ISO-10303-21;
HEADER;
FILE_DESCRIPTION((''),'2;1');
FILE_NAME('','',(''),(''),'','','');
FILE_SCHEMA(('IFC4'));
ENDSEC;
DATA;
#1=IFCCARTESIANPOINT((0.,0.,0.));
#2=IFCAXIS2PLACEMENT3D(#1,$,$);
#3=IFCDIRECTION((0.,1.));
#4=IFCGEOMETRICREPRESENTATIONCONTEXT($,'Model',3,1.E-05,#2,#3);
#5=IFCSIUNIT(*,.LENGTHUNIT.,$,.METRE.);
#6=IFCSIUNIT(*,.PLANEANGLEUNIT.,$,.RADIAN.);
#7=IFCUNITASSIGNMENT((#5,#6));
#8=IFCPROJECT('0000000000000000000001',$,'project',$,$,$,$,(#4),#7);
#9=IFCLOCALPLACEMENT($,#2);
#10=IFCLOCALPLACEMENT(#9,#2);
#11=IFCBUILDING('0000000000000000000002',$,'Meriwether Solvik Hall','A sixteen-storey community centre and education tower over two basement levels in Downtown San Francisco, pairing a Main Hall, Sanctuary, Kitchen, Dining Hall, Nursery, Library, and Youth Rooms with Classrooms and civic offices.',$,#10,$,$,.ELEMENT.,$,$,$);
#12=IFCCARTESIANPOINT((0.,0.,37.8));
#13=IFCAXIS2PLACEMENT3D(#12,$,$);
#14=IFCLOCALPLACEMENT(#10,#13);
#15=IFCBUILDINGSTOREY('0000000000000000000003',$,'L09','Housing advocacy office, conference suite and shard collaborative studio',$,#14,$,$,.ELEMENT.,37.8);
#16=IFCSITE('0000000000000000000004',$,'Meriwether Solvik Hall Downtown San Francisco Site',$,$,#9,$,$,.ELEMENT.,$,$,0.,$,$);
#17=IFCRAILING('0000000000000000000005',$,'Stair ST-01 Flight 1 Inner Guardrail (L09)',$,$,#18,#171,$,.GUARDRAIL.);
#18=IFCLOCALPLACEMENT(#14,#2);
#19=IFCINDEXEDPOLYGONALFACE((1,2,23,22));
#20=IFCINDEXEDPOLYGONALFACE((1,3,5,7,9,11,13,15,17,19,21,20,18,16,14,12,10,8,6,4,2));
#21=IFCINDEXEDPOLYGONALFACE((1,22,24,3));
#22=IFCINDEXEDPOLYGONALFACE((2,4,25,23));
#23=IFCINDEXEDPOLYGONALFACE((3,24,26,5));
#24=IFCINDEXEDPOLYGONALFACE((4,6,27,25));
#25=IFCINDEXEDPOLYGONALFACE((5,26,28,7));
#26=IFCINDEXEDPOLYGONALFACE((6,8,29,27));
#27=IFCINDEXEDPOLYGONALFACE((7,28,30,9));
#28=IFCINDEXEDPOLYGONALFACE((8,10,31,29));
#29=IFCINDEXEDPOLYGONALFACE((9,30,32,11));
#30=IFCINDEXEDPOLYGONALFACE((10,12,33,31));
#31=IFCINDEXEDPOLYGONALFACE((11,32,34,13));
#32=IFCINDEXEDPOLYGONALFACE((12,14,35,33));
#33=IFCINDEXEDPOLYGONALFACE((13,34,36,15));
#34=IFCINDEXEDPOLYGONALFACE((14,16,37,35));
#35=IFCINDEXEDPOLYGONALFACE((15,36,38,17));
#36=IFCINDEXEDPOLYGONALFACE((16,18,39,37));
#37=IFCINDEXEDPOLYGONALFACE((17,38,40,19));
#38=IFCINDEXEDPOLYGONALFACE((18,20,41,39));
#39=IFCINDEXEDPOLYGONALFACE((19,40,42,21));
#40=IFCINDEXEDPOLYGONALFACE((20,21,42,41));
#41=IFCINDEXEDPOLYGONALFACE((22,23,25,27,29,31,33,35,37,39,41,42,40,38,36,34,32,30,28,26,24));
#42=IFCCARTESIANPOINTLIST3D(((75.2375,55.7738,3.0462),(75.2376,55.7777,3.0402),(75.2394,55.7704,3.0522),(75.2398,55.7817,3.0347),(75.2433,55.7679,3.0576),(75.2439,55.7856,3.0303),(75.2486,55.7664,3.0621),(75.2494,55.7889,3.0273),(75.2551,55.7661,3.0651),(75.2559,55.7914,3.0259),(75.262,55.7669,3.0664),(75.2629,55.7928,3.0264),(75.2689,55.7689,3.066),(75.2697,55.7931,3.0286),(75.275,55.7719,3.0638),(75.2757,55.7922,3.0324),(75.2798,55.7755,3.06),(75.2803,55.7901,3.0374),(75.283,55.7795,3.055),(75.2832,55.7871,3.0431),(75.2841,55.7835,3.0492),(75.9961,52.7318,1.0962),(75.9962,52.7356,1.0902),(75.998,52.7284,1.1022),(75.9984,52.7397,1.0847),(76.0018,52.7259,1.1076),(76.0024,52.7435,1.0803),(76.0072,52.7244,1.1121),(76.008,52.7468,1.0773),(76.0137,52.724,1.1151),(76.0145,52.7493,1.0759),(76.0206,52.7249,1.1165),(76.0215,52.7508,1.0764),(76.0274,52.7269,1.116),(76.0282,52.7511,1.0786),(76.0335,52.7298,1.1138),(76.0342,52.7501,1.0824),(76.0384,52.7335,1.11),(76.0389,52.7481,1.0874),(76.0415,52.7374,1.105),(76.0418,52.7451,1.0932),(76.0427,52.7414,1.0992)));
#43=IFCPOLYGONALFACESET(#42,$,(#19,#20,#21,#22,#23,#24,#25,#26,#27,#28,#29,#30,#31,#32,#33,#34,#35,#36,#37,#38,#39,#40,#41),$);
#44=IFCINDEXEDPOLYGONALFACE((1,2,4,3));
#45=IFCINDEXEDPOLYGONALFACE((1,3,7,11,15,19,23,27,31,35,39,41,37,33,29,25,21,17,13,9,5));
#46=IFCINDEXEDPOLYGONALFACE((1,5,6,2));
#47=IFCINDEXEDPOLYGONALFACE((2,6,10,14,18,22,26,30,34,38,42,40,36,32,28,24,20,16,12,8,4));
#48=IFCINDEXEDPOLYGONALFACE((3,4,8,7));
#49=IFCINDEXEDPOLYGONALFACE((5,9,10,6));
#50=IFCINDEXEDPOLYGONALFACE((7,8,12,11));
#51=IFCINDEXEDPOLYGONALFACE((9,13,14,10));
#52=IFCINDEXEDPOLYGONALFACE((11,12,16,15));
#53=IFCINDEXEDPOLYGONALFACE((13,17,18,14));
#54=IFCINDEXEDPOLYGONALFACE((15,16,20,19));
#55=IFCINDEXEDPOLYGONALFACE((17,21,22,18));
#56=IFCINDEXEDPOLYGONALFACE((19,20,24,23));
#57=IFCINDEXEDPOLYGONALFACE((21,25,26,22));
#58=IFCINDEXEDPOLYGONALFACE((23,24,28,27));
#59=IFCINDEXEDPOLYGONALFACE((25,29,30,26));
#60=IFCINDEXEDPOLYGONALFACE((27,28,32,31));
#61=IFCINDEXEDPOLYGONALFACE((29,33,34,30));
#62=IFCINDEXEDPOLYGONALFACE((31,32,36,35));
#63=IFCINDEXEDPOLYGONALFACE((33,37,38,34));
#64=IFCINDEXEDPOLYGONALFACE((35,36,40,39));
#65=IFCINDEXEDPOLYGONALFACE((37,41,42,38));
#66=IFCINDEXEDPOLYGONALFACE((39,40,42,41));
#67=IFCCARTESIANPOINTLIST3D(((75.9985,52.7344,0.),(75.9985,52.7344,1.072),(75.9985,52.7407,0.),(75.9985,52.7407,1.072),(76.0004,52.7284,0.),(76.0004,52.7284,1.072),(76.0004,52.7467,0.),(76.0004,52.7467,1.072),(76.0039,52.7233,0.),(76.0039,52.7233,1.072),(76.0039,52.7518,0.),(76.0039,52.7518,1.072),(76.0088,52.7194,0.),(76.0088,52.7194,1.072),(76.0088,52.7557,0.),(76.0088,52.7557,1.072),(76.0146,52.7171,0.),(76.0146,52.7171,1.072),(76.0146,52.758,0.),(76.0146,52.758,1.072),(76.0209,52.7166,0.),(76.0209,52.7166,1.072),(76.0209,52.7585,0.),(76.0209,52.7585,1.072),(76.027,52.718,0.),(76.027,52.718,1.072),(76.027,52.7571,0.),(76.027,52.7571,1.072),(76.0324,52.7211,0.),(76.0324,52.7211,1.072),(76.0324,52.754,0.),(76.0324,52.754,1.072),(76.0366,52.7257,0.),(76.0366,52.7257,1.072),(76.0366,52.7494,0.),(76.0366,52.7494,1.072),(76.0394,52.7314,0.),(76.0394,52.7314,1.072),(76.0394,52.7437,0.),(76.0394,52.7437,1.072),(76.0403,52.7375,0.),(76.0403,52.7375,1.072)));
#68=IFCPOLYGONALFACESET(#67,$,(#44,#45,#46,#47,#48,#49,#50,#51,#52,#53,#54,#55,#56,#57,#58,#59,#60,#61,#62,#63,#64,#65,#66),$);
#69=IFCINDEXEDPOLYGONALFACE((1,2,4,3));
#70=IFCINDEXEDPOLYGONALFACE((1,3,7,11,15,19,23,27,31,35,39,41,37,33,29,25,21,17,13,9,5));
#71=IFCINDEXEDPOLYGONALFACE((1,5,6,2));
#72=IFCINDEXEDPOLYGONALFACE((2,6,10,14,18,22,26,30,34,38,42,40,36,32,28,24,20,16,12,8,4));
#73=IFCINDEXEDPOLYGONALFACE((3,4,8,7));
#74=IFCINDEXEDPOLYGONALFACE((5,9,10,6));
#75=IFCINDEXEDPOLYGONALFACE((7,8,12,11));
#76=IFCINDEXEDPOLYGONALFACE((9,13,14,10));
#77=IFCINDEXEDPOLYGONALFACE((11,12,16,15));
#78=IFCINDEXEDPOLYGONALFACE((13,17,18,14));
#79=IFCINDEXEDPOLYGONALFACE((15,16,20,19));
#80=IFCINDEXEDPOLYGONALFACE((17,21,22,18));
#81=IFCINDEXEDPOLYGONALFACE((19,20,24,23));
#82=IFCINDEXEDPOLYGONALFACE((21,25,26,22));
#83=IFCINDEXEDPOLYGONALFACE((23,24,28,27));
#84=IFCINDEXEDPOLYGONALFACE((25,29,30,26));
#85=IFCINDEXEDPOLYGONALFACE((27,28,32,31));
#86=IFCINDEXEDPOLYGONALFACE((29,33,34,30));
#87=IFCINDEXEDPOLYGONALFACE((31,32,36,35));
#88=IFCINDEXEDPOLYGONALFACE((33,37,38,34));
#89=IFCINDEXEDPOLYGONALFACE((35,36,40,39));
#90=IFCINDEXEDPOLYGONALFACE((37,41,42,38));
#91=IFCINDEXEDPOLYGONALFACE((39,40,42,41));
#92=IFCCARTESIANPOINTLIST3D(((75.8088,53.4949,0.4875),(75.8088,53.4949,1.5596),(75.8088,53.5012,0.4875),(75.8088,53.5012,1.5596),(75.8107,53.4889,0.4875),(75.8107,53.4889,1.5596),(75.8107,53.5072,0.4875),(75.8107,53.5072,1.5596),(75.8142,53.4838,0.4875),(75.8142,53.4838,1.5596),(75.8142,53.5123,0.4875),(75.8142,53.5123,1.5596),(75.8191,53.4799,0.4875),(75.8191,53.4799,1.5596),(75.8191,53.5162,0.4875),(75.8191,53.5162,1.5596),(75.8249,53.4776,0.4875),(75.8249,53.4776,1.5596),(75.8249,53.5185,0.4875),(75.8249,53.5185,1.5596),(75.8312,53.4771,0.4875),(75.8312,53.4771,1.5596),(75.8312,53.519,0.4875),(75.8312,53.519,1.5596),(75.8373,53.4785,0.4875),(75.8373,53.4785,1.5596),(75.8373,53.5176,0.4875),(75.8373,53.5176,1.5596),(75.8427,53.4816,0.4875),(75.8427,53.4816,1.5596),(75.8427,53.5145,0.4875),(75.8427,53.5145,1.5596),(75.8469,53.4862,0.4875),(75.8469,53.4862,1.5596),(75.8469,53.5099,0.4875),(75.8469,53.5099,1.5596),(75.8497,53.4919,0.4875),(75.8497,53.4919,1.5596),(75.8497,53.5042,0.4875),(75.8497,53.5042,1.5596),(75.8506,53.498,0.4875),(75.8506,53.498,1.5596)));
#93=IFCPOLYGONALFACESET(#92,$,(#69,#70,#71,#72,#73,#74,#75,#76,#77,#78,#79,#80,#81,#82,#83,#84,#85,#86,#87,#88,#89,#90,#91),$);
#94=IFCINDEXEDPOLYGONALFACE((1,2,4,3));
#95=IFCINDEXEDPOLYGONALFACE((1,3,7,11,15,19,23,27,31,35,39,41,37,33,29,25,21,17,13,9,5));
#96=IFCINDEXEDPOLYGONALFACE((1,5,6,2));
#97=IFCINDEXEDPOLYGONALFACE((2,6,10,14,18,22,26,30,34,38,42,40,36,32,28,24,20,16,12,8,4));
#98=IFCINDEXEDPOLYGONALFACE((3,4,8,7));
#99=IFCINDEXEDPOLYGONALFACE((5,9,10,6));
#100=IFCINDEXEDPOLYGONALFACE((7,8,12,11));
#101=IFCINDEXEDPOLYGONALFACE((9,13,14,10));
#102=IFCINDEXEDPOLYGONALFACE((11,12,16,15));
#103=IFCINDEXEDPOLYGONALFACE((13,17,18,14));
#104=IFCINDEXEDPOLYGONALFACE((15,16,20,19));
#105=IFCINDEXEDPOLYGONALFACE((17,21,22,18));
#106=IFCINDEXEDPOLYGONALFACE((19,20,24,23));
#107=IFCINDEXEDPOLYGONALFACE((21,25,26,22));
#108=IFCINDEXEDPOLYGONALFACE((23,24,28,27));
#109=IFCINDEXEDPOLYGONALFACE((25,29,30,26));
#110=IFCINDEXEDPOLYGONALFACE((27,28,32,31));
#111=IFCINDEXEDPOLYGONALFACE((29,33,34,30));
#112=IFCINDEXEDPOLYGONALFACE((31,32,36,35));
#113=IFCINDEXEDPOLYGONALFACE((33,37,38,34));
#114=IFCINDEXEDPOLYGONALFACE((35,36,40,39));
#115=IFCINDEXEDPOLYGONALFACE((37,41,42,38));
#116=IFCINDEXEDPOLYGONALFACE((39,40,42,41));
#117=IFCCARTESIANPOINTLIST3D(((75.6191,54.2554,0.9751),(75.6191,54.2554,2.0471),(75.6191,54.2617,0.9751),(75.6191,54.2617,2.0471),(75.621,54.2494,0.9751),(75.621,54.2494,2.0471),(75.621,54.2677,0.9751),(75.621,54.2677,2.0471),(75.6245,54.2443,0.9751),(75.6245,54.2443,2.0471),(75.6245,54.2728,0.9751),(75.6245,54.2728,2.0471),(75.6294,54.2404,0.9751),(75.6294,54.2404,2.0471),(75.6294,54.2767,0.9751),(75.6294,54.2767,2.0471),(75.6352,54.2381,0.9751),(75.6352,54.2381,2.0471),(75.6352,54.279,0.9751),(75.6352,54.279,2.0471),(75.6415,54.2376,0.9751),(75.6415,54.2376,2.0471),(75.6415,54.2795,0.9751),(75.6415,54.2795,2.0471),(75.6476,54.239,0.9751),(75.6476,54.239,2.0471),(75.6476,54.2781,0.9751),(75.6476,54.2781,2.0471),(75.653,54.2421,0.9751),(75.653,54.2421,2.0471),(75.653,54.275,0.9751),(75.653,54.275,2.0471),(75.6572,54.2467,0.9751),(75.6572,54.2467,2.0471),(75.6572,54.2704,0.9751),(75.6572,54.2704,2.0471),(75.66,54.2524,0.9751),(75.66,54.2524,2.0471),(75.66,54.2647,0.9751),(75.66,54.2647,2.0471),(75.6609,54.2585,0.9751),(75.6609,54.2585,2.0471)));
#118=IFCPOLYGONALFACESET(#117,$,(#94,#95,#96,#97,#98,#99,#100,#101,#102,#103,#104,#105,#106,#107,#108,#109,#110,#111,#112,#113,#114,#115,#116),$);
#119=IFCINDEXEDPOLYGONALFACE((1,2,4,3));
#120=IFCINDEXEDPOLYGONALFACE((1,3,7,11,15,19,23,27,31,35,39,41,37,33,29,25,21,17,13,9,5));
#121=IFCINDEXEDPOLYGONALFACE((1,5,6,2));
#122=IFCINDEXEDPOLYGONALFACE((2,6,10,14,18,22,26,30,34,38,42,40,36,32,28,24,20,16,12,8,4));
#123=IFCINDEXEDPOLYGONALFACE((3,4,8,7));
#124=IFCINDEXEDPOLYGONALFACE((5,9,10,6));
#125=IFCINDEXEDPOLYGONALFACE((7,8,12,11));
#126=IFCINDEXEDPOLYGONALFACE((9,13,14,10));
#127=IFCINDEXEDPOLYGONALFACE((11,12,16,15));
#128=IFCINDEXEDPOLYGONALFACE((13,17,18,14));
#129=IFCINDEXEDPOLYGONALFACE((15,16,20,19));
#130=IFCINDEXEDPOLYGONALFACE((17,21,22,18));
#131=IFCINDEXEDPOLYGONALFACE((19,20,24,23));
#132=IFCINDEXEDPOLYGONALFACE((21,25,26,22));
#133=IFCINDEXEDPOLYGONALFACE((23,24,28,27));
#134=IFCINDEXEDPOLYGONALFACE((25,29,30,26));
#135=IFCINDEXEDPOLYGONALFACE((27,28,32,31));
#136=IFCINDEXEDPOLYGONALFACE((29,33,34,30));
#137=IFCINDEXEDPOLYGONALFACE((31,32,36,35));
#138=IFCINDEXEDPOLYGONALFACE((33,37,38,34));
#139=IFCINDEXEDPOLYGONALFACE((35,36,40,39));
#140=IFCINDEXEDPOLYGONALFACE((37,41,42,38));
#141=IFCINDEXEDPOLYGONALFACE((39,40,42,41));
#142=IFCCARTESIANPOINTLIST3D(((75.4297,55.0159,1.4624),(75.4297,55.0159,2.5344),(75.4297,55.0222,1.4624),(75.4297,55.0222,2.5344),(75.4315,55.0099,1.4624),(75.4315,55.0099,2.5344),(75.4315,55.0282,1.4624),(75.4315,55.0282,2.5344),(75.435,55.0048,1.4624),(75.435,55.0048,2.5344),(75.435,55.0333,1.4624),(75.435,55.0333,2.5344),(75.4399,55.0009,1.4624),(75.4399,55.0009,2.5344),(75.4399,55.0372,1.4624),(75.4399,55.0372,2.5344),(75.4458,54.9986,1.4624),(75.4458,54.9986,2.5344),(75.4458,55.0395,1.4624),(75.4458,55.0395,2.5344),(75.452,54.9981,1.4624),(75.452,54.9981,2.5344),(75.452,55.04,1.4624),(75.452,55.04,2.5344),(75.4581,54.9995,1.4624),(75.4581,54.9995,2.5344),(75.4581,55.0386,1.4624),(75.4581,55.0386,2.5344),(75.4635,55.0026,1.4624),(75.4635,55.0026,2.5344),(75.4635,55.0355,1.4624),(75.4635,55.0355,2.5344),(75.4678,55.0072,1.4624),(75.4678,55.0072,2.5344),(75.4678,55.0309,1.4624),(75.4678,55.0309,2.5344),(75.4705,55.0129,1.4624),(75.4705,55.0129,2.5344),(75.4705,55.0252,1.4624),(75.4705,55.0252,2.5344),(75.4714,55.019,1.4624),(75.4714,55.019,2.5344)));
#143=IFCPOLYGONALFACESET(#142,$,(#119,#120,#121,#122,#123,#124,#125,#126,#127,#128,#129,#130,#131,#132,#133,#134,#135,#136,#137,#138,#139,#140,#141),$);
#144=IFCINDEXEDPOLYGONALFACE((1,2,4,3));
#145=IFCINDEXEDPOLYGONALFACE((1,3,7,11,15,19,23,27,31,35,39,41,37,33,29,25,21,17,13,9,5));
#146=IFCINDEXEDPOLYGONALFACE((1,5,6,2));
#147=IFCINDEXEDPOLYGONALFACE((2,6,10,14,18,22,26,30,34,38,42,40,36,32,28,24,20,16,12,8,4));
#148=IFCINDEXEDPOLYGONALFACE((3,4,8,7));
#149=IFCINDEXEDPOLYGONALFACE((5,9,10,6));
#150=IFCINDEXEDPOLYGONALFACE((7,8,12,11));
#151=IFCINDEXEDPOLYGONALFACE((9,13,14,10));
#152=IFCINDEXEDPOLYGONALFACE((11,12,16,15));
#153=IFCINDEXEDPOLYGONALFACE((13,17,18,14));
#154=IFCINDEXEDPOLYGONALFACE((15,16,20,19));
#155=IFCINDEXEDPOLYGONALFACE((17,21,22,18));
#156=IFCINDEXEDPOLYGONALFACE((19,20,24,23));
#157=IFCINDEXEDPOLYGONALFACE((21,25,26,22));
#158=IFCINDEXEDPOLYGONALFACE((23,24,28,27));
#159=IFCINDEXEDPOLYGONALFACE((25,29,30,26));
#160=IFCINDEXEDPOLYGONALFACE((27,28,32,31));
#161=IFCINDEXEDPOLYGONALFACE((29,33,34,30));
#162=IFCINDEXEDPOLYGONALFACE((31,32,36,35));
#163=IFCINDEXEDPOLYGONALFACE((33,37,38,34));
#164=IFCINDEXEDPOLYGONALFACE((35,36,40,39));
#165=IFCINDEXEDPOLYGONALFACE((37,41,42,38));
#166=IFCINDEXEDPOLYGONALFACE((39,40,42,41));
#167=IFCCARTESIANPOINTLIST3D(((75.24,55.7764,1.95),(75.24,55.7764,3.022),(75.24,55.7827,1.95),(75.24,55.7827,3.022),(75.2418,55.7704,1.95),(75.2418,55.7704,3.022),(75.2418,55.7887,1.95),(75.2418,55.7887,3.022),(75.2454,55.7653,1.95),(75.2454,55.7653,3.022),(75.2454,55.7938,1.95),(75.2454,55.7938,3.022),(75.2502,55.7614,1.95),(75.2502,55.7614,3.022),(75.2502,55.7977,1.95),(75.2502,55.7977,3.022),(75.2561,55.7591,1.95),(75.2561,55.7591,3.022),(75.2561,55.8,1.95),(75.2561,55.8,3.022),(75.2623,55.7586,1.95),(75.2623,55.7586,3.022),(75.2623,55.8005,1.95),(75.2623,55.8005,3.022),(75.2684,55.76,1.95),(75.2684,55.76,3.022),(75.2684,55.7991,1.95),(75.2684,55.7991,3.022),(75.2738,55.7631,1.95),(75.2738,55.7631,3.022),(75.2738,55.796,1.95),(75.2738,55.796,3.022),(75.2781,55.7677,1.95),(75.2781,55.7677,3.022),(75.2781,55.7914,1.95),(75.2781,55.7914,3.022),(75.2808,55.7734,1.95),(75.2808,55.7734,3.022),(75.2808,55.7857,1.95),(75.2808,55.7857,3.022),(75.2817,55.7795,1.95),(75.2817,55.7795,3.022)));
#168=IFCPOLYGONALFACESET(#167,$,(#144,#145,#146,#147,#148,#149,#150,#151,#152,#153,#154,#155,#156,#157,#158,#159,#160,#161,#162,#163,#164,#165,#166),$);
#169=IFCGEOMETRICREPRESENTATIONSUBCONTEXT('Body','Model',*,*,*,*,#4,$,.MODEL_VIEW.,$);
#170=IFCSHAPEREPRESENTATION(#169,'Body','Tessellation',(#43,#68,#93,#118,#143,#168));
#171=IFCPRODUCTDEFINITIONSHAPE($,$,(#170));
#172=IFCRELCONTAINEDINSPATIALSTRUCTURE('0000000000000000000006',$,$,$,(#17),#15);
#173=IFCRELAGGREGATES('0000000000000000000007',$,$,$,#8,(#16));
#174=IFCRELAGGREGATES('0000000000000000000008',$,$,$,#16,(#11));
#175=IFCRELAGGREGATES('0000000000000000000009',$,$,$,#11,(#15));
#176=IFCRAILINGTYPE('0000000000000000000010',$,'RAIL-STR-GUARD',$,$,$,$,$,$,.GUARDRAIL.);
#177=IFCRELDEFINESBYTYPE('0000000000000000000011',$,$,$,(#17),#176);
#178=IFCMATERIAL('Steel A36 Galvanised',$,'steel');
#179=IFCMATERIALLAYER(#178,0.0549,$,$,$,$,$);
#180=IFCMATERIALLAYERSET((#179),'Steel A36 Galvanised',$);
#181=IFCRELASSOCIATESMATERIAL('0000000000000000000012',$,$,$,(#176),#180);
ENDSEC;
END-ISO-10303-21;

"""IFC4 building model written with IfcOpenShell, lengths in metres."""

from ifc_helpers import new_model, si_unit, direction, frame, origin, origin_2d, place, context, subcontext, project, spatial, circle, extrude, material, layer, layer_set, type_object, element, save


model = new_model("IFC4")

# Units and contexts
model_context = context("Model", 3, precision=1e-05, world=origin(), true_north=direction((0.0, 1.0)))
body_context = subcontext(model_context, "Body", "Model", "MODEL_VIEW")
ifc_project = project(units=[si_unit("LENGTHUNIT", "METRE"), si_unit("PLANEANGLEUNIT", "RADIAN")], contexts=[model_context])

# Site, building, storey
site_placement = place(None, origin())
site = spatial("IfcSite", under=ifc_project, at=site_placement, Name="Meriwether Solvik Hall Downtown San Francisco Site", CompositionType="ELEMENT", RefElevation=0.0)
building_placement = place(site_placement, origin())
building = spatial("IfcBuilding", under=site, at=building_placement, Name="Meriwether Solvik Hall", Description="A sixteen-storey community centre and education tower over two basement levels in Downtown San Francisco, pairing a Main Hall, Sanctuary, Kitchen, Dining Hall, Nursery, Library, and Youth Rooms with Classrooms and civic offices.", CompositionType="ELEMENT")
storey_placement = place(building_placement, frame((0.0, 0.0, 37.8)))
storey = spatial("IfcBuildingStorey", under=building, at=storey_placement, Name="L09", Description="Housing advocacy office, conference suite and shard collaborative studio", CompositionType="ELEMENT", Elevation=37.8)

# Railing
ifc_material_1 = material(Name="Steel A36 Galvanised", Category="steel")
ifc_layer_1 = layer(ifc_material_1, 0.0549)
ifc_layer_set_1 = layer_set([ifc_layer_1], Name="Steel A36 Galvanised")
railing_type_1 = type_object("IfcRailingType", Name="RAIL-STR-GUARD", PredefinedType="GUARDRAIL", material=ifc_layer_set_1)
railing_1_placement = place(storey_placement, frame((76.0193, 52.7375, 0.0)))
element("IfcRailing", 1, at=railing_1_placement, inside=storey, type_object=railing_type_1, Name="Stair ST-01 Flight 1 Inner Guardrail (L09)", PredefinedType="GUARDRAIL", context=body_context, shape_type="SweptSolid", body=[
    extrude(circle(Radius=0.0239, at=origin_2d()), frame((0.0, 0.0, 1.0962), z_axis=(-0.205452, 0.823925, 0.528145), x_axis=(-0.970289, -0.241949, 0.0)), (0.0, 0.0, 1.0), 3.6921),
    extrude(circle(Radius=0.021, at=origin_2d()), origin(), (0.0, 0.0, 1.0), 1.072),
    extrude(circle(Radius=0.021, at=origin_2d()), frame((-0.1897, 0.7605, 0.4875)), (0.0, 0.0, 1.0), 1.072),
    extrude(circle(Radius=0.021, at=origin_2d()), frame((-0.3794, 1.521, 0.9751)), (0.0, 0.0, 1.0), 1.072),
    extrude(circle(Radius=0.021, at=origin_2d()), frame((-0.5688, 2.2815, 1.4624)), (0.0, 0.0, 1.0), 1.072),
    extrude(circle(Radius=0.021, at=origin_2d()), frame((-0.7585, 3.042, 1.95)), (0.0, 0.0, 1.0), 1.072),
])

save(model, "model.ifc")
